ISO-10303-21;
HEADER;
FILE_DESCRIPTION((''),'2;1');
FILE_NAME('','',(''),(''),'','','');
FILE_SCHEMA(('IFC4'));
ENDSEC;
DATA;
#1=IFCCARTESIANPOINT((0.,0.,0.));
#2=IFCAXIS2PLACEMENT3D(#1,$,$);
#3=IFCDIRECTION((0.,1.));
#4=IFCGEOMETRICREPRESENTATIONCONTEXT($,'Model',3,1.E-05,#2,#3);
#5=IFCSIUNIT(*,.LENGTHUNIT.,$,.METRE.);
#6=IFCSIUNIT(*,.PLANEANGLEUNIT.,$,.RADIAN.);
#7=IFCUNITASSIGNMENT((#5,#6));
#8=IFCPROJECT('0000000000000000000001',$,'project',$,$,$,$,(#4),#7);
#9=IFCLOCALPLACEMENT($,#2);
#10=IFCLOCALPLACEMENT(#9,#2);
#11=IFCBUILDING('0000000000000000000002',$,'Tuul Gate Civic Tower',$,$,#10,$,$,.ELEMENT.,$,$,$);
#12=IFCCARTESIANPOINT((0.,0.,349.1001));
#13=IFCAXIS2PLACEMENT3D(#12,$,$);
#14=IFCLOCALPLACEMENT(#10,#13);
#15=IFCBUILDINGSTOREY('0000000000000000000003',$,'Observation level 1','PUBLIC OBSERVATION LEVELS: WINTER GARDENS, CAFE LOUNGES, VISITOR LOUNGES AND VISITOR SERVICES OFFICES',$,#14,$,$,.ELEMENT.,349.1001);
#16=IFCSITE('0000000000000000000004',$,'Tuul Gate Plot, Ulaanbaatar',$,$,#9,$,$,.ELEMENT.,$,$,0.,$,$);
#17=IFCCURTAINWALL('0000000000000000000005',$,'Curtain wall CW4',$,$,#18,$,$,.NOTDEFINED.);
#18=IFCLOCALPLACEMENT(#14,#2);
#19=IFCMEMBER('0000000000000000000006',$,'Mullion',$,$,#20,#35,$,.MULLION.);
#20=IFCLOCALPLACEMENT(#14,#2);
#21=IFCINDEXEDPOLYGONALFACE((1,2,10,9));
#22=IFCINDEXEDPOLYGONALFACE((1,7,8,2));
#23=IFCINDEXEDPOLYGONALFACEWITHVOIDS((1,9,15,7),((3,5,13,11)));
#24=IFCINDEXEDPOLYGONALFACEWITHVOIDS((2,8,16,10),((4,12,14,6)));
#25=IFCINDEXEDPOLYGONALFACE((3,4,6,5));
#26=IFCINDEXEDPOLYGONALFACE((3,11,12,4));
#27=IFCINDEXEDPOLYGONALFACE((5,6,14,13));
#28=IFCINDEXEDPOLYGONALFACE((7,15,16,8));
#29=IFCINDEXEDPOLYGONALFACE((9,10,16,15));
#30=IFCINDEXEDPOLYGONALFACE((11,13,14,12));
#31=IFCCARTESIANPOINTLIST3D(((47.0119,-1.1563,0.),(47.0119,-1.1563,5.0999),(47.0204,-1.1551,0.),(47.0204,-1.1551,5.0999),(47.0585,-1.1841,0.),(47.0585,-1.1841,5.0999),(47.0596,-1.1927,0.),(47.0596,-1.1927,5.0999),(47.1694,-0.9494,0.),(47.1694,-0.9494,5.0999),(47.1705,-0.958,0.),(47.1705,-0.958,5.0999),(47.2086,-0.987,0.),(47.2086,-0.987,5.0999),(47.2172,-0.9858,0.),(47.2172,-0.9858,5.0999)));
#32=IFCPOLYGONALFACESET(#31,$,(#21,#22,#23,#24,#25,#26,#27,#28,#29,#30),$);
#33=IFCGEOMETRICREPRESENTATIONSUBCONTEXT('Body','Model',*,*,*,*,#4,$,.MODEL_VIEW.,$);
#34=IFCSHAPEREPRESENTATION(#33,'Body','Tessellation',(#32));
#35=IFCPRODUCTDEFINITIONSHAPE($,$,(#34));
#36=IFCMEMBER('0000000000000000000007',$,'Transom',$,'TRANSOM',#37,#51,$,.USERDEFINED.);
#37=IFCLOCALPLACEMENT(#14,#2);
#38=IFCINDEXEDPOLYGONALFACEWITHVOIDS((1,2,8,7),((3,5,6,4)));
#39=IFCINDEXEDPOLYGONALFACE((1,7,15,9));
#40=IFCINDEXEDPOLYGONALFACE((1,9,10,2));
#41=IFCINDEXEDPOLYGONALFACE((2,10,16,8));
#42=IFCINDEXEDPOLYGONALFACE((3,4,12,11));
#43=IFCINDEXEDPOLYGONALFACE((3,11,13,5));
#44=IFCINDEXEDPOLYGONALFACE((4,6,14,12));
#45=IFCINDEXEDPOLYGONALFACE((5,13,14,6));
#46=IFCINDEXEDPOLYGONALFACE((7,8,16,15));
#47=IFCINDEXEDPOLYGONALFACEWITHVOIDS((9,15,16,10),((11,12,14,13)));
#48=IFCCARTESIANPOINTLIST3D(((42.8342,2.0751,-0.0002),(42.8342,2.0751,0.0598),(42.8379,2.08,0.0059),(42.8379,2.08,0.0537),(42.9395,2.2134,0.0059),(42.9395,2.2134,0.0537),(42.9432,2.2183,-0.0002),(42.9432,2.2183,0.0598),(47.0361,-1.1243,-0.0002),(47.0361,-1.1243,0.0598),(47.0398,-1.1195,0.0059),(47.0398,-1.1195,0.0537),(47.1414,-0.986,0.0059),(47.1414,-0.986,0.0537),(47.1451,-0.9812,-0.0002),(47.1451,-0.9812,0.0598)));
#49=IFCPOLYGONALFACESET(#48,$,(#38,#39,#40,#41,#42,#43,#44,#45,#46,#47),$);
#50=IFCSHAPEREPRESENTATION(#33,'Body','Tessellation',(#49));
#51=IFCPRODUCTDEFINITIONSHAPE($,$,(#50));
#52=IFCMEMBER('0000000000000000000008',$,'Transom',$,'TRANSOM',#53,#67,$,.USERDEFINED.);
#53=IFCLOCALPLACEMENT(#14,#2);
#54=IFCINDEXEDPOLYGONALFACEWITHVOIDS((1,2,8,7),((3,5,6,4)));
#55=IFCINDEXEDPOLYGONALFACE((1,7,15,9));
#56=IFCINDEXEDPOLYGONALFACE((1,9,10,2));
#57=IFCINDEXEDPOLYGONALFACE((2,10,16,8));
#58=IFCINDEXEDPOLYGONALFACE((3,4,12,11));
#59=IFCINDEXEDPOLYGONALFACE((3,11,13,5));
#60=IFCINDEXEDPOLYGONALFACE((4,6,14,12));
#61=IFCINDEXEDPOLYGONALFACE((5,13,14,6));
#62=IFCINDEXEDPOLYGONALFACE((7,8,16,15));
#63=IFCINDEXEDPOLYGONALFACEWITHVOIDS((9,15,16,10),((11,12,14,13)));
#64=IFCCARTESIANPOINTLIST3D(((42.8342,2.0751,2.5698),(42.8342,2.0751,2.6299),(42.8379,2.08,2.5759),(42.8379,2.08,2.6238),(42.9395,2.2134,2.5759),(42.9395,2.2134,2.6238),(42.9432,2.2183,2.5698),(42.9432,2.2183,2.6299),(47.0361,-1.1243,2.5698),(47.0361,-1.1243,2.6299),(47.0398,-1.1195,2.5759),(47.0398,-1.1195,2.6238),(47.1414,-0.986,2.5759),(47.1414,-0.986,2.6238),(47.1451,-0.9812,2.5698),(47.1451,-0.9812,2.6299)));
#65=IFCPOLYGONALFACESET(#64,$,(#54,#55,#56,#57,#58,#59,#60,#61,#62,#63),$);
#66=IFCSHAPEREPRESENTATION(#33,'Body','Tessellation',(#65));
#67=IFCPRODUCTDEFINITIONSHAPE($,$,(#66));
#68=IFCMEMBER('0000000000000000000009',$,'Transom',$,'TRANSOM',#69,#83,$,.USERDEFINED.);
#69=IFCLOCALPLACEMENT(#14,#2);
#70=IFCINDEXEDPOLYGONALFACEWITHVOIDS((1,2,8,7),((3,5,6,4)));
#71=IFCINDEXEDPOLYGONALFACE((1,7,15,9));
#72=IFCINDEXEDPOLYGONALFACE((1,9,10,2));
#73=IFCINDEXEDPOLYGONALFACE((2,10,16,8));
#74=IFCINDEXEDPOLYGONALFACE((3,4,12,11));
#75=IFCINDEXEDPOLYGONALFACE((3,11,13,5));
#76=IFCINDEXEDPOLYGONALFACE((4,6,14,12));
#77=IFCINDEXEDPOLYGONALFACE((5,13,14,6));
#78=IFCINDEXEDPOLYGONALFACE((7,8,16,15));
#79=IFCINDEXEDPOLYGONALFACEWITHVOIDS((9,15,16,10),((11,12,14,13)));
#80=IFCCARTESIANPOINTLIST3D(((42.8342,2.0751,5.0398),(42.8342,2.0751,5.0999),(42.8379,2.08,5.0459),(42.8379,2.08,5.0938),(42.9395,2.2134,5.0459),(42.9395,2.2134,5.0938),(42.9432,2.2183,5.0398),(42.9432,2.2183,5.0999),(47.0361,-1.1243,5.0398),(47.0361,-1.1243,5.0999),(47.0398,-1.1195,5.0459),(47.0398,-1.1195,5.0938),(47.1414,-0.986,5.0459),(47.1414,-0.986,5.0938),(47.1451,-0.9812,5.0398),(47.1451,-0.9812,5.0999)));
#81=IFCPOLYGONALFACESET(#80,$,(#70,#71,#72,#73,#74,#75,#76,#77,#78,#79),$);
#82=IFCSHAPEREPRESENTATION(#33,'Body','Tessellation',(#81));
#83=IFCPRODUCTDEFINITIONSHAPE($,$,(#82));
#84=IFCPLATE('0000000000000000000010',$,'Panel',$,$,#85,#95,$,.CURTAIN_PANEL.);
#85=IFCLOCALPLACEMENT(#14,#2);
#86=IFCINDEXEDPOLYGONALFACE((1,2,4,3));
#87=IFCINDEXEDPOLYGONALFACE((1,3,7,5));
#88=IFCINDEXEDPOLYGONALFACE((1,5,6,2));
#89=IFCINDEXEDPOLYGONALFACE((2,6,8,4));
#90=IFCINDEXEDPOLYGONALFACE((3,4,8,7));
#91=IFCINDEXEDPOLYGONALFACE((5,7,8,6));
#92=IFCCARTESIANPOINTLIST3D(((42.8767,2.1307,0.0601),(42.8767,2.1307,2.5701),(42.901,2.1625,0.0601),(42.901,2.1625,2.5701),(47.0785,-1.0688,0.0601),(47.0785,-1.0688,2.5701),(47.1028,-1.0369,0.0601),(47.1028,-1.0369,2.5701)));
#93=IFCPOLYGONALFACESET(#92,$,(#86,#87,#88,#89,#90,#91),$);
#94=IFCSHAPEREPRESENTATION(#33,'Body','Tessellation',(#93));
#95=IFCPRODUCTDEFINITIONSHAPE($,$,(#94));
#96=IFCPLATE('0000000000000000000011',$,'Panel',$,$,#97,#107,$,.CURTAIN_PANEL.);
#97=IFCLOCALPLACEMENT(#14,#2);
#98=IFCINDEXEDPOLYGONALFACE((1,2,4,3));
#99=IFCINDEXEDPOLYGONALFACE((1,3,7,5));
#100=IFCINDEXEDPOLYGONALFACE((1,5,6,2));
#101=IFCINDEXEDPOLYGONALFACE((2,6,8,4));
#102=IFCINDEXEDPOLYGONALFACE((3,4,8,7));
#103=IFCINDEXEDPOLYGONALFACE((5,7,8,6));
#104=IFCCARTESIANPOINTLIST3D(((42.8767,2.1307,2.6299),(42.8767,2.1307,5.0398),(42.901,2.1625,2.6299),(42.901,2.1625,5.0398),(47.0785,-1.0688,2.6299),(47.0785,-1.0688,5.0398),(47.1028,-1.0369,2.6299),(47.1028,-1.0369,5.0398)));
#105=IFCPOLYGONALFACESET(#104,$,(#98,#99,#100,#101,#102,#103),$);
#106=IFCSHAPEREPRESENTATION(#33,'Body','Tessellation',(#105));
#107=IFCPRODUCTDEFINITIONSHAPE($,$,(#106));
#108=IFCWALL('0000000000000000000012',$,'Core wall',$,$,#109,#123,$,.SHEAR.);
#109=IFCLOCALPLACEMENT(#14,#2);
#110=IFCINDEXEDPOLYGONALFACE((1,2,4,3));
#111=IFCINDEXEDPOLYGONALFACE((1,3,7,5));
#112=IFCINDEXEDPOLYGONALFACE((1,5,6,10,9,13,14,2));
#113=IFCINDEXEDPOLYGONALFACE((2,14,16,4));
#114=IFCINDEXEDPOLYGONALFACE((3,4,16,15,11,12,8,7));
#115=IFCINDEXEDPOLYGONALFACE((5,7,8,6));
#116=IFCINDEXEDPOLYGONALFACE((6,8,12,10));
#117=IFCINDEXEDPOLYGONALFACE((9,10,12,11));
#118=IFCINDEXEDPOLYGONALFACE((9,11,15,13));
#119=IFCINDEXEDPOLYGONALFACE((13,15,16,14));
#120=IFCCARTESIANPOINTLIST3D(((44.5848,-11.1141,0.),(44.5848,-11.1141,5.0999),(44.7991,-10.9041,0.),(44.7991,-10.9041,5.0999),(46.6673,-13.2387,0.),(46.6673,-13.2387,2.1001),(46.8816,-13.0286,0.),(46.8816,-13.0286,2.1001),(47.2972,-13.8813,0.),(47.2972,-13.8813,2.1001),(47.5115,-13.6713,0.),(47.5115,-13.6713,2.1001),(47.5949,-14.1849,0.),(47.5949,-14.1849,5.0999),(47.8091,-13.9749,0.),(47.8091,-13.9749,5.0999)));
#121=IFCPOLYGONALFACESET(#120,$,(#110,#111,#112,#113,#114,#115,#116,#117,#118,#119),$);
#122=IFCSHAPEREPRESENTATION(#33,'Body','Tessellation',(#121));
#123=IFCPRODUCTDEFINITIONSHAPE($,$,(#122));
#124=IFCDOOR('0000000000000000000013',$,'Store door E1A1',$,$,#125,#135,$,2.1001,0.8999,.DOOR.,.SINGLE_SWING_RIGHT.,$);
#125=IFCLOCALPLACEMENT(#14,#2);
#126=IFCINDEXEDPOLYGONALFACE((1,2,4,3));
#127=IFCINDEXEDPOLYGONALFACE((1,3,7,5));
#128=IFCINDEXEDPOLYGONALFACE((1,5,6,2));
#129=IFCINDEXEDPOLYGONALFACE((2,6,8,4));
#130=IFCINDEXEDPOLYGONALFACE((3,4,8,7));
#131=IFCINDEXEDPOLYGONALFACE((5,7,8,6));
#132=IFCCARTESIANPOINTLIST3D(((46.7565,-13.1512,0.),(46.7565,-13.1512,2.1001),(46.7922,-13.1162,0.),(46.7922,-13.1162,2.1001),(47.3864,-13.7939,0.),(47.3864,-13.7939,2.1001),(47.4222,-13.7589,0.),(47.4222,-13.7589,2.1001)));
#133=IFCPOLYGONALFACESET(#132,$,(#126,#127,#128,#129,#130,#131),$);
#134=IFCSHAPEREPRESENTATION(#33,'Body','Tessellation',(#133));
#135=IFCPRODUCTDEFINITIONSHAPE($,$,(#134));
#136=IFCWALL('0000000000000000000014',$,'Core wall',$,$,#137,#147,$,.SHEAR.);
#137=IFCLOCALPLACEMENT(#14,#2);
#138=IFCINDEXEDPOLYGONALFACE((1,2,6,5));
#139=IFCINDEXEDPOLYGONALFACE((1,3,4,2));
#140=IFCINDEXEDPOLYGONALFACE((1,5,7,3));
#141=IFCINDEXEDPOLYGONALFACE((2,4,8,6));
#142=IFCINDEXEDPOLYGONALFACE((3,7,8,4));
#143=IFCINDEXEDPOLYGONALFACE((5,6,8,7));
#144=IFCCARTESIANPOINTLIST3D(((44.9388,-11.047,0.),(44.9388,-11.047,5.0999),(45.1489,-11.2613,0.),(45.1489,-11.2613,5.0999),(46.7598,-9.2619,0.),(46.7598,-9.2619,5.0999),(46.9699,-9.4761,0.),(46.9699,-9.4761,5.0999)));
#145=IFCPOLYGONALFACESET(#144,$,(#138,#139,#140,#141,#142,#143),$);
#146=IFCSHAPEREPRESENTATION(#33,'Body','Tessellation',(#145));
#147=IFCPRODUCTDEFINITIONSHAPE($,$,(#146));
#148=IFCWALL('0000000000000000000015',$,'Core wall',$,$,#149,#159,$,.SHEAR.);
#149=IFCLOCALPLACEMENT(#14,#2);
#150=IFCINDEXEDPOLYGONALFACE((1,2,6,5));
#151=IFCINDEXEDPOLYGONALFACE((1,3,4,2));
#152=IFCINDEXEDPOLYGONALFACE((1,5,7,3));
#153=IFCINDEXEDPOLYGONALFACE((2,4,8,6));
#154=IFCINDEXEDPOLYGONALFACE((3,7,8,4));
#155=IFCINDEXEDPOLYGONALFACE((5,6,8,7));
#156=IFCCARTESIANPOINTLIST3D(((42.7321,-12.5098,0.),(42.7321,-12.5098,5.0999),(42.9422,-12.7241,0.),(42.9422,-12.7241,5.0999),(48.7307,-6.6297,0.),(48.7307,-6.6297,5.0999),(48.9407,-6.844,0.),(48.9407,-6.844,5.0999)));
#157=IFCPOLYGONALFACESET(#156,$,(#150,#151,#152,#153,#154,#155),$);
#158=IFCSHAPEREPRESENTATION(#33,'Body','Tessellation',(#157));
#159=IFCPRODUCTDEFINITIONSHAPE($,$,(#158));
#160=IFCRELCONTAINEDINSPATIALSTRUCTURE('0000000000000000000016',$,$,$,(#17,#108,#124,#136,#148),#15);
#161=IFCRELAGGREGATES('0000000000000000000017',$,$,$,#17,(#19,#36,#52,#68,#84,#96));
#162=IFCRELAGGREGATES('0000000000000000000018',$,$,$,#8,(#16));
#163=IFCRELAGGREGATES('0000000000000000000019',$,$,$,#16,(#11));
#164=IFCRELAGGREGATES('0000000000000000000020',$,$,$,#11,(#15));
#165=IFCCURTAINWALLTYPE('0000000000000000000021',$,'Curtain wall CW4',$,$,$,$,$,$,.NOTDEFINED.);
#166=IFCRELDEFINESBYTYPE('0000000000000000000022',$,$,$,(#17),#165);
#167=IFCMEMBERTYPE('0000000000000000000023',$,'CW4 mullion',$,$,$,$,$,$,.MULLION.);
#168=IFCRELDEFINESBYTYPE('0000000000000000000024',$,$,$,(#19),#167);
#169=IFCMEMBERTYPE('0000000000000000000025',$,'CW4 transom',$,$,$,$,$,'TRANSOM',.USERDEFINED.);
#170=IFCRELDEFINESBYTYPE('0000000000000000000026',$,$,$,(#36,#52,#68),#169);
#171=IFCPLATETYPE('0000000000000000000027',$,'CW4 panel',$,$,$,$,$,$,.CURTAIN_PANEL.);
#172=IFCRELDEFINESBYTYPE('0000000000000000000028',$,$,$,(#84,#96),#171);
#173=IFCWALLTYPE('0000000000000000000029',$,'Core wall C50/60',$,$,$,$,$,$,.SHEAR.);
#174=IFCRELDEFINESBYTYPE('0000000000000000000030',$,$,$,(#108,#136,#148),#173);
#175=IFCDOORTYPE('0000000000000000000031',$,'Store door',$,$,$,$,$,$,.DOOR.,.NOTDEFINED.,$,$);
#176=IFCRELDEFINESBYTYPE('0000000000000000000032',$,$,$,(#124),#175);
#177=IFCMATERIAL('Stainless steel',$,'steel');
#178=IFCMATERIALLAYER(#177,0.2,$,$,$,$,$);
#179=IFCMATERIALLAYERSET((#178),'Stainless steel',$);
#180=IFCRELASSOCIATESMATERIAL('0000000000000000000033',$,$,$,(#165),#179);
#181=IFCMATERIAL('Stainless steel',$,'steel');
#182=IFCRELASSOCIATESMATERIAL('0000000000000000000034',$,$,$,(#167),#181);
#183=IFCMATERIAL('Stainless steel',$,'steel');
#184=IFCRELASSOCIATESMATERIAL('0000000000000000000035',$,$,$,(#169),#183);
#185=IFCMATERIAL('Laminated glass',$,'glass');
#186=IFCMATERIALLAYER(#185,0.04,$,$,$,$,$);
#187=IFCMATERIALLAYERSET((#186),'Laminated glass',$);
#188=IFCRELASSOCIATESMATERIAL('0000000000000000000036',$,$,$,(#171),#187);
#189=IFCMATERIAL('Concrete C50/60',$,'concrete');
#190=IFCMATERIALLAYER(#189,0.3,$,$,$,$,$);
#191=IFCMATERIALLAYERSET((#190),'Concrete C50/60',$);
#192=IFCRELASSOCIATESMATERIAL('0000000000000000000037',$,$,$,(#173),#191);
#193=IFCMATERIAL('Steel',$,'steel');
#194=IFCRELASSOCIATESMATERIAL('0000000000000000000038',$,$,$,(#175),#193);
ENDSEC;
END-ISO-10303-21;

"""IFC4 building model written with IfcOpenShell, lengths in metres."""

from ifc_helpers import new_model, si_unit, direction, frame, frame_2d, origin, origin_2d, place, context, subcontext, project, spatial, rectangle, hollow_rectangle, extrude, material, layer, layer_set, material_profile, profile_set, type_object, element, fill, aggregate, save


model = new_model("IFC4")

# Units and contexts
model_context = context("Model", 3, precision=1e-05, world=origin(), true_north=direction((0.0, 1.0)))
body_context = subcontext(model_context, "Body", "Model", "MODEL_VIEW")
ifc_project = project(units=[si_unit("LENGTHUNIT", "METRE"), si_unit("PLANEANGLEUNIT", "RADIAN")], contexts=[model_context])

# Site, building, storey
site_placement = place(None, origin())
site = spatial("IfcSite", under=ifc_project, at=site_placement, Name="Tuul Gate Plot, Ulaanbaatar", CompositionType="ELEMENT", RefElevation=0.0)
building_placement = place(site_placement, origin())
building = spatial("IfcBuilding", under=site, at=building_placement, Name="Tuul Gate Civic Tower", CompositionType="ELEMENT")
storey_placement = place(building_placement, frame((0.0, 0.0, 349.1001)))
storey = spatial("IfcBuildingStorey", under=building, at=storey_placement, Name="Observation level 1", Description="PUBLIC OBSERVATION LEVELS: WINTER GARDENS, CAFE LOUNGES, VISITOR LOUNGES AND VISITOR SERVICES OFFICES", CompositionType="ELEMENT", Elevation=349.1001)

# Curtain wall, members, plates
ifc_material_1 = material(Name="Stainless steel", Category="steel")
ifc_layer_1 = layer(ifc_material_1, 0.2)
ifc_layer_set_1 = layer_set([ifc_layer_1], Name="Stainless steel")
curtain_wall_type = type_object("IfcCurtainWallType", Name="Curtain wall CW4", PredefinedType="NOTDEFINED", material=ifc_layer_set_1)
curtain_wall_placement = place(storey_placement, origin())
curtain_wall = element("IfcCurtainWall", 1, at=curtain_wall_placement, inside=storey, type_object=curtain_wall_type, Name="Curtain wall CW4", PredefinedType="NOTDEFINED")
ifc_material_2 = material(Name="Stainless steel", Category="steel")
ifc_material_profile_1 = material_profile(ifc_material_2, hollow_rectangle(XDim=0.26, YDim=0.0601, WallThickness=0.0061, at=origin_2d()), Name="CW4 mullion")
ifc_profile_set_1 = profile_set([ifc_material_profile_1], Name="Stainless steel")
member_type_1 = type_object("IfcMemberType", Name="CW4 mullion", PredefinedType="MULLION", material=ifc_profile_set_1)
member_1_placement = place(storey_placement, frame((47.1145, -1.071, 0.0), z_axis=(0.0, 0.0, 1.0), x_axis=(-0.605808, -0.795611, 0.0)))
member_1 = element("IfcMember", 2, at=member_1_placement, type_object=member_type_1, Name="Mullion", PredefinedType="MULLION", context=body_context, shape_type="SweptSolid", body=[
    extrude(hollow_rectangle(XDim=0.26, YDim=0.0601, WallThickness=0.0061, at=origin_2d()), origin(), (0.0, 0.0, 1.0), 5.0999),
])
ifc_material_3 = material(Name="Stainless steel", Category="steel")
ifc_material_profile_2 = material_profile(ifc_material_3, hollow_rectangle(XDim=0.1799, YDim=0.0601, WallThickness=0.0061, at=origin_2d()), Name="CW4 transom")
ifc_profile_set_2 = profile_set([ifc_material_profile_2], Name="Stainless steel")
member_type_2 = type_object("IfcMemberType", Name="CW4 transom", ElementType="TRANSOM", PredefinedType="USERDEFINED", material=ifc_profile_set_2)
member_2_placement = place(storey_placement, frame((47.0906, -1.0527, 0.0298), z_axis=(-0.795613, 0.605805, 0.0), x_axis=(-0.605805, -0.795613, 0.0)))
member_2 = element("IfcMember", 3, at=member_2_placement, type_object=member_type_2, Name="Transom", ObjectType="TRANSOM", PredefinedType="USERDEFINED", context=body_context, shape_type="SweptSolid", body=[
    extrude(hollow_rectangle(XDim=0.1799, YDim=0.0601, WallThickness=0.0061, at=origin_2d()), origin(), (0.0, 0.0, 1.0), 5.2812),
])
member_3_placement = place(storey_placement, frame((47.0906, -1.0527, 2.5999), z_axis=(-0.795613, 0.605805, 0.0), x_axis=(-0.605805, -0.795613, 0.0)))
member_3 = element("IfcMember", 4, at=member_3_placement, type_object=member_type_2, Name="Transom", ObjectType="TRANSOM", PredefinedType="USERDEFINED", context=body_context, shape_type="SweptSolid", body=[
    extrude(hollow_rectangle(XDim=0.1799, YDim=0.0601, WallThickness=0.0061, at=origin_2d()), origin(), (0.0, 0.0, 1.0), 5.2812),
])
member_4_placement = place(storey_placement, frame((47.0906, -1.0527, 5.0698), z_axis=(-0.795613, 0.605805, 0.0), x_axis=(-0.605805, -0.795613, 0.0)))
member_4 = element("IfcMember", 5, at=member_4_placement, type_object=member_type_2, Name="Transom", ObjectType="TRANSOM", PredefinedType="USERDEFINED", context=body_context, shape_type="SweptSolid", body=[
    extrude(hollow_rectangle(XDim=0.1799, YDim=0.0601, WallThickness=0.0061, at=origin_2d()), origin(), (0.0, 0.0, 1.0), 5.2812),
])
ifc_material_4 = material(Name="Laminated glass", Category="glass")
ifc_layer_2 = layer(ifc_material_4, 0.04)
ifc_layer_set_2 = layer_set([ifc_layer_2], Name="Laminated glass")
plate_type = type_object("IfcPlateType", Name="CW4 panel", PredefinedType="CURTAIN_PANEL", material=ifc_layer_set_2)
plate_1_placement = place(storey_placement, frame((44.9897, 0.5469, 0.0601), z_axis=(0.0, 0.0, 1.0), x_axis=(-0.795611, 0.605808, 0.0)))
plate_1 = element("IfcPlate", 6, at=plate_1_placement, type_object=plate_type, Name="Panel", PredefinedType="CURTAIN_PANEL", context=body_context, shape_type="SweptSolid", body=[
    extrude(rectangle(XDim=5.2812, YDim=0.04, at=origin_2d()), origin(), (0.0, 0.0, 1.0), 2.51),
])
plate_2_placement = place(storey_placement, frame((44.9897, 0.5469, 2.6299), z_axis=(0.0, 0.0, 1.0), x_axis=(-0.795611, 0.605808, 0.0)))
plate_2 = element("IfcPlate", 7, at=plate_2_placement, type_object=plate_type, Name="Panel", PredefinedType="CURTAIN_PANEL", context=body_context, shape_type="SweptSolid", body=[
    extrude(rectangle(XDim=5.2812, YDim=0.04, at=origin_2d()), origin(), (0.0, 0.0, 1.0), 2.4099),
])
aggregate(curtain_wall, [member_1, member_2, member_3, member_4, plate_1, plate_2])

# Wall, opening, door
ifc_material_5 = material(Name="Concrete C50/60", Category="concrete")
ifc_layer_3 = layer(ifc_material_5, 0.3)
ifc_layer_set_3 = layer_set([ifc_layer_3], Name="Concrete C50/60")
wall_type_1 = type_object("IfcWallType", Name="Core wall C50/60", PredefinedType="SHEAR", material=ifc_layer_set_3)
wall_1_placement = place(storey_placement, frame((47.7019, -14.0798, 0.0), z_axis=(0.0, 0.0, 1.0), x_axis=(-0.700003, 0.71414, 0.0)))
wall_1 = element("IfcWall", 8, at=wall_1_placement, inside=storey, type_object=wall_type_1, Name="Core wall", PredefinedType="SHEAR", context=body_context, shape_type="SweptSolid", body=[
    extrude(rectangle(XDim=4.3, YDim=0.3, at=frame_2d((2.1499, 0.0))), origin(), (0.0, 0.0, 1.0), 5.0999),
])
opening_1_placement = place(wall_1_placement, frame((0.425, 0.0, 0.0)))
opening_1 = element("IfcOpeningElement", 9, at=opening_1_placement, cuts=wall_1, PredefinedType="OPENING", context=body_context, shape_type="SweptSolid", body=[
    extrude(rectangle(XDim=0.8999, YDim=2.1001, at=frame_2d((0.45, 1.05))), frame((0.0, 0.1602, 0.0), z_axis=(0.0, -1.0, 0.0), x_axis=(1.0, 0.0, 0.0)), (0.0, 0.0, 1.0), 0.3201),
])
ifc_material_6 = material(Name="Steel", Category="steel")
door_type_1 = type_object("IfcDoorType", Name="Store door", OperationType="NOTDEFINED", PredefinedType="DOOR", material=ifc_material_6)
door_1_placement = place(opening_1_placement, frame((0.8999, 0.0, 0.0), z_axis=(0.0, 0.0, 1.0), x_axis=(-1.0, 0.0, 0.0)))
door_1 = element("IfcDoor", 10, at=door_1_placement, inside=storey, type_object=door_type_1, Name="Store door E1A1", OperationType="SINGLE_SWING_RIGHT", OverallHeight=2.1001, OverallWidth=0.8999, PredefinedType="DOOR", context=body_context, shape_type="SweptSolid", body=[
    extrude(rectangle(XDim=0.8999, YDim=2.1001, at=frame_2d((0.45, 1.05))), frame((0.0, 0.0249, 0.0), z_axis=(0.0, -1.0, 0.0), x_axis=(1.0, 0.0, 0.0)), (0.0, 0.0, 1.0), 0.05),
])
fill(opening_1, door_1)

# Walls
wall_2_placement = place(storey_placement, frame((45.0439, -11.1541, 0.0), z_axis=(0.0, 0.0, 1.0), x_axis=(0.714108, 0.700035, 0.0)))
element("IfcWall", 11, at=wall_2_placement, inside=storey, type_object=wall_type_1, Name="Core wall", PredefinedType="SHEAR", context=body_context, shape_type="SweptSolid", body=[
    extrude(rectangle(XDim=2.55, YDim=0.3, at=frame_2d((1.2749, 0.0))), origin(), (0.0, 0.0, 1.0), 5.0999),
])
wall_3_placement = place(storey_placement, frame((42.8372, -12.6169, 0.0), z_axis=(0.0, 0.0, 1.0), x_axis=(0.71412, 0.700023, 0.0)))
element("IfcWall", 12, at=wall_3_placement, inside=storey, type_object=wall_type_1, Name="Core wall", PredefinedType="SHEAR", context=body_context, shape_type="SweptSolid", body=[
    extrude(rectangle(XDim=8.3999, YDim=0.3, at=frame_2d((4.2, 0.0))), origin(), (0.0, 0.0, 1.0), 5.0999),
])

save(model, "model.ifc")
